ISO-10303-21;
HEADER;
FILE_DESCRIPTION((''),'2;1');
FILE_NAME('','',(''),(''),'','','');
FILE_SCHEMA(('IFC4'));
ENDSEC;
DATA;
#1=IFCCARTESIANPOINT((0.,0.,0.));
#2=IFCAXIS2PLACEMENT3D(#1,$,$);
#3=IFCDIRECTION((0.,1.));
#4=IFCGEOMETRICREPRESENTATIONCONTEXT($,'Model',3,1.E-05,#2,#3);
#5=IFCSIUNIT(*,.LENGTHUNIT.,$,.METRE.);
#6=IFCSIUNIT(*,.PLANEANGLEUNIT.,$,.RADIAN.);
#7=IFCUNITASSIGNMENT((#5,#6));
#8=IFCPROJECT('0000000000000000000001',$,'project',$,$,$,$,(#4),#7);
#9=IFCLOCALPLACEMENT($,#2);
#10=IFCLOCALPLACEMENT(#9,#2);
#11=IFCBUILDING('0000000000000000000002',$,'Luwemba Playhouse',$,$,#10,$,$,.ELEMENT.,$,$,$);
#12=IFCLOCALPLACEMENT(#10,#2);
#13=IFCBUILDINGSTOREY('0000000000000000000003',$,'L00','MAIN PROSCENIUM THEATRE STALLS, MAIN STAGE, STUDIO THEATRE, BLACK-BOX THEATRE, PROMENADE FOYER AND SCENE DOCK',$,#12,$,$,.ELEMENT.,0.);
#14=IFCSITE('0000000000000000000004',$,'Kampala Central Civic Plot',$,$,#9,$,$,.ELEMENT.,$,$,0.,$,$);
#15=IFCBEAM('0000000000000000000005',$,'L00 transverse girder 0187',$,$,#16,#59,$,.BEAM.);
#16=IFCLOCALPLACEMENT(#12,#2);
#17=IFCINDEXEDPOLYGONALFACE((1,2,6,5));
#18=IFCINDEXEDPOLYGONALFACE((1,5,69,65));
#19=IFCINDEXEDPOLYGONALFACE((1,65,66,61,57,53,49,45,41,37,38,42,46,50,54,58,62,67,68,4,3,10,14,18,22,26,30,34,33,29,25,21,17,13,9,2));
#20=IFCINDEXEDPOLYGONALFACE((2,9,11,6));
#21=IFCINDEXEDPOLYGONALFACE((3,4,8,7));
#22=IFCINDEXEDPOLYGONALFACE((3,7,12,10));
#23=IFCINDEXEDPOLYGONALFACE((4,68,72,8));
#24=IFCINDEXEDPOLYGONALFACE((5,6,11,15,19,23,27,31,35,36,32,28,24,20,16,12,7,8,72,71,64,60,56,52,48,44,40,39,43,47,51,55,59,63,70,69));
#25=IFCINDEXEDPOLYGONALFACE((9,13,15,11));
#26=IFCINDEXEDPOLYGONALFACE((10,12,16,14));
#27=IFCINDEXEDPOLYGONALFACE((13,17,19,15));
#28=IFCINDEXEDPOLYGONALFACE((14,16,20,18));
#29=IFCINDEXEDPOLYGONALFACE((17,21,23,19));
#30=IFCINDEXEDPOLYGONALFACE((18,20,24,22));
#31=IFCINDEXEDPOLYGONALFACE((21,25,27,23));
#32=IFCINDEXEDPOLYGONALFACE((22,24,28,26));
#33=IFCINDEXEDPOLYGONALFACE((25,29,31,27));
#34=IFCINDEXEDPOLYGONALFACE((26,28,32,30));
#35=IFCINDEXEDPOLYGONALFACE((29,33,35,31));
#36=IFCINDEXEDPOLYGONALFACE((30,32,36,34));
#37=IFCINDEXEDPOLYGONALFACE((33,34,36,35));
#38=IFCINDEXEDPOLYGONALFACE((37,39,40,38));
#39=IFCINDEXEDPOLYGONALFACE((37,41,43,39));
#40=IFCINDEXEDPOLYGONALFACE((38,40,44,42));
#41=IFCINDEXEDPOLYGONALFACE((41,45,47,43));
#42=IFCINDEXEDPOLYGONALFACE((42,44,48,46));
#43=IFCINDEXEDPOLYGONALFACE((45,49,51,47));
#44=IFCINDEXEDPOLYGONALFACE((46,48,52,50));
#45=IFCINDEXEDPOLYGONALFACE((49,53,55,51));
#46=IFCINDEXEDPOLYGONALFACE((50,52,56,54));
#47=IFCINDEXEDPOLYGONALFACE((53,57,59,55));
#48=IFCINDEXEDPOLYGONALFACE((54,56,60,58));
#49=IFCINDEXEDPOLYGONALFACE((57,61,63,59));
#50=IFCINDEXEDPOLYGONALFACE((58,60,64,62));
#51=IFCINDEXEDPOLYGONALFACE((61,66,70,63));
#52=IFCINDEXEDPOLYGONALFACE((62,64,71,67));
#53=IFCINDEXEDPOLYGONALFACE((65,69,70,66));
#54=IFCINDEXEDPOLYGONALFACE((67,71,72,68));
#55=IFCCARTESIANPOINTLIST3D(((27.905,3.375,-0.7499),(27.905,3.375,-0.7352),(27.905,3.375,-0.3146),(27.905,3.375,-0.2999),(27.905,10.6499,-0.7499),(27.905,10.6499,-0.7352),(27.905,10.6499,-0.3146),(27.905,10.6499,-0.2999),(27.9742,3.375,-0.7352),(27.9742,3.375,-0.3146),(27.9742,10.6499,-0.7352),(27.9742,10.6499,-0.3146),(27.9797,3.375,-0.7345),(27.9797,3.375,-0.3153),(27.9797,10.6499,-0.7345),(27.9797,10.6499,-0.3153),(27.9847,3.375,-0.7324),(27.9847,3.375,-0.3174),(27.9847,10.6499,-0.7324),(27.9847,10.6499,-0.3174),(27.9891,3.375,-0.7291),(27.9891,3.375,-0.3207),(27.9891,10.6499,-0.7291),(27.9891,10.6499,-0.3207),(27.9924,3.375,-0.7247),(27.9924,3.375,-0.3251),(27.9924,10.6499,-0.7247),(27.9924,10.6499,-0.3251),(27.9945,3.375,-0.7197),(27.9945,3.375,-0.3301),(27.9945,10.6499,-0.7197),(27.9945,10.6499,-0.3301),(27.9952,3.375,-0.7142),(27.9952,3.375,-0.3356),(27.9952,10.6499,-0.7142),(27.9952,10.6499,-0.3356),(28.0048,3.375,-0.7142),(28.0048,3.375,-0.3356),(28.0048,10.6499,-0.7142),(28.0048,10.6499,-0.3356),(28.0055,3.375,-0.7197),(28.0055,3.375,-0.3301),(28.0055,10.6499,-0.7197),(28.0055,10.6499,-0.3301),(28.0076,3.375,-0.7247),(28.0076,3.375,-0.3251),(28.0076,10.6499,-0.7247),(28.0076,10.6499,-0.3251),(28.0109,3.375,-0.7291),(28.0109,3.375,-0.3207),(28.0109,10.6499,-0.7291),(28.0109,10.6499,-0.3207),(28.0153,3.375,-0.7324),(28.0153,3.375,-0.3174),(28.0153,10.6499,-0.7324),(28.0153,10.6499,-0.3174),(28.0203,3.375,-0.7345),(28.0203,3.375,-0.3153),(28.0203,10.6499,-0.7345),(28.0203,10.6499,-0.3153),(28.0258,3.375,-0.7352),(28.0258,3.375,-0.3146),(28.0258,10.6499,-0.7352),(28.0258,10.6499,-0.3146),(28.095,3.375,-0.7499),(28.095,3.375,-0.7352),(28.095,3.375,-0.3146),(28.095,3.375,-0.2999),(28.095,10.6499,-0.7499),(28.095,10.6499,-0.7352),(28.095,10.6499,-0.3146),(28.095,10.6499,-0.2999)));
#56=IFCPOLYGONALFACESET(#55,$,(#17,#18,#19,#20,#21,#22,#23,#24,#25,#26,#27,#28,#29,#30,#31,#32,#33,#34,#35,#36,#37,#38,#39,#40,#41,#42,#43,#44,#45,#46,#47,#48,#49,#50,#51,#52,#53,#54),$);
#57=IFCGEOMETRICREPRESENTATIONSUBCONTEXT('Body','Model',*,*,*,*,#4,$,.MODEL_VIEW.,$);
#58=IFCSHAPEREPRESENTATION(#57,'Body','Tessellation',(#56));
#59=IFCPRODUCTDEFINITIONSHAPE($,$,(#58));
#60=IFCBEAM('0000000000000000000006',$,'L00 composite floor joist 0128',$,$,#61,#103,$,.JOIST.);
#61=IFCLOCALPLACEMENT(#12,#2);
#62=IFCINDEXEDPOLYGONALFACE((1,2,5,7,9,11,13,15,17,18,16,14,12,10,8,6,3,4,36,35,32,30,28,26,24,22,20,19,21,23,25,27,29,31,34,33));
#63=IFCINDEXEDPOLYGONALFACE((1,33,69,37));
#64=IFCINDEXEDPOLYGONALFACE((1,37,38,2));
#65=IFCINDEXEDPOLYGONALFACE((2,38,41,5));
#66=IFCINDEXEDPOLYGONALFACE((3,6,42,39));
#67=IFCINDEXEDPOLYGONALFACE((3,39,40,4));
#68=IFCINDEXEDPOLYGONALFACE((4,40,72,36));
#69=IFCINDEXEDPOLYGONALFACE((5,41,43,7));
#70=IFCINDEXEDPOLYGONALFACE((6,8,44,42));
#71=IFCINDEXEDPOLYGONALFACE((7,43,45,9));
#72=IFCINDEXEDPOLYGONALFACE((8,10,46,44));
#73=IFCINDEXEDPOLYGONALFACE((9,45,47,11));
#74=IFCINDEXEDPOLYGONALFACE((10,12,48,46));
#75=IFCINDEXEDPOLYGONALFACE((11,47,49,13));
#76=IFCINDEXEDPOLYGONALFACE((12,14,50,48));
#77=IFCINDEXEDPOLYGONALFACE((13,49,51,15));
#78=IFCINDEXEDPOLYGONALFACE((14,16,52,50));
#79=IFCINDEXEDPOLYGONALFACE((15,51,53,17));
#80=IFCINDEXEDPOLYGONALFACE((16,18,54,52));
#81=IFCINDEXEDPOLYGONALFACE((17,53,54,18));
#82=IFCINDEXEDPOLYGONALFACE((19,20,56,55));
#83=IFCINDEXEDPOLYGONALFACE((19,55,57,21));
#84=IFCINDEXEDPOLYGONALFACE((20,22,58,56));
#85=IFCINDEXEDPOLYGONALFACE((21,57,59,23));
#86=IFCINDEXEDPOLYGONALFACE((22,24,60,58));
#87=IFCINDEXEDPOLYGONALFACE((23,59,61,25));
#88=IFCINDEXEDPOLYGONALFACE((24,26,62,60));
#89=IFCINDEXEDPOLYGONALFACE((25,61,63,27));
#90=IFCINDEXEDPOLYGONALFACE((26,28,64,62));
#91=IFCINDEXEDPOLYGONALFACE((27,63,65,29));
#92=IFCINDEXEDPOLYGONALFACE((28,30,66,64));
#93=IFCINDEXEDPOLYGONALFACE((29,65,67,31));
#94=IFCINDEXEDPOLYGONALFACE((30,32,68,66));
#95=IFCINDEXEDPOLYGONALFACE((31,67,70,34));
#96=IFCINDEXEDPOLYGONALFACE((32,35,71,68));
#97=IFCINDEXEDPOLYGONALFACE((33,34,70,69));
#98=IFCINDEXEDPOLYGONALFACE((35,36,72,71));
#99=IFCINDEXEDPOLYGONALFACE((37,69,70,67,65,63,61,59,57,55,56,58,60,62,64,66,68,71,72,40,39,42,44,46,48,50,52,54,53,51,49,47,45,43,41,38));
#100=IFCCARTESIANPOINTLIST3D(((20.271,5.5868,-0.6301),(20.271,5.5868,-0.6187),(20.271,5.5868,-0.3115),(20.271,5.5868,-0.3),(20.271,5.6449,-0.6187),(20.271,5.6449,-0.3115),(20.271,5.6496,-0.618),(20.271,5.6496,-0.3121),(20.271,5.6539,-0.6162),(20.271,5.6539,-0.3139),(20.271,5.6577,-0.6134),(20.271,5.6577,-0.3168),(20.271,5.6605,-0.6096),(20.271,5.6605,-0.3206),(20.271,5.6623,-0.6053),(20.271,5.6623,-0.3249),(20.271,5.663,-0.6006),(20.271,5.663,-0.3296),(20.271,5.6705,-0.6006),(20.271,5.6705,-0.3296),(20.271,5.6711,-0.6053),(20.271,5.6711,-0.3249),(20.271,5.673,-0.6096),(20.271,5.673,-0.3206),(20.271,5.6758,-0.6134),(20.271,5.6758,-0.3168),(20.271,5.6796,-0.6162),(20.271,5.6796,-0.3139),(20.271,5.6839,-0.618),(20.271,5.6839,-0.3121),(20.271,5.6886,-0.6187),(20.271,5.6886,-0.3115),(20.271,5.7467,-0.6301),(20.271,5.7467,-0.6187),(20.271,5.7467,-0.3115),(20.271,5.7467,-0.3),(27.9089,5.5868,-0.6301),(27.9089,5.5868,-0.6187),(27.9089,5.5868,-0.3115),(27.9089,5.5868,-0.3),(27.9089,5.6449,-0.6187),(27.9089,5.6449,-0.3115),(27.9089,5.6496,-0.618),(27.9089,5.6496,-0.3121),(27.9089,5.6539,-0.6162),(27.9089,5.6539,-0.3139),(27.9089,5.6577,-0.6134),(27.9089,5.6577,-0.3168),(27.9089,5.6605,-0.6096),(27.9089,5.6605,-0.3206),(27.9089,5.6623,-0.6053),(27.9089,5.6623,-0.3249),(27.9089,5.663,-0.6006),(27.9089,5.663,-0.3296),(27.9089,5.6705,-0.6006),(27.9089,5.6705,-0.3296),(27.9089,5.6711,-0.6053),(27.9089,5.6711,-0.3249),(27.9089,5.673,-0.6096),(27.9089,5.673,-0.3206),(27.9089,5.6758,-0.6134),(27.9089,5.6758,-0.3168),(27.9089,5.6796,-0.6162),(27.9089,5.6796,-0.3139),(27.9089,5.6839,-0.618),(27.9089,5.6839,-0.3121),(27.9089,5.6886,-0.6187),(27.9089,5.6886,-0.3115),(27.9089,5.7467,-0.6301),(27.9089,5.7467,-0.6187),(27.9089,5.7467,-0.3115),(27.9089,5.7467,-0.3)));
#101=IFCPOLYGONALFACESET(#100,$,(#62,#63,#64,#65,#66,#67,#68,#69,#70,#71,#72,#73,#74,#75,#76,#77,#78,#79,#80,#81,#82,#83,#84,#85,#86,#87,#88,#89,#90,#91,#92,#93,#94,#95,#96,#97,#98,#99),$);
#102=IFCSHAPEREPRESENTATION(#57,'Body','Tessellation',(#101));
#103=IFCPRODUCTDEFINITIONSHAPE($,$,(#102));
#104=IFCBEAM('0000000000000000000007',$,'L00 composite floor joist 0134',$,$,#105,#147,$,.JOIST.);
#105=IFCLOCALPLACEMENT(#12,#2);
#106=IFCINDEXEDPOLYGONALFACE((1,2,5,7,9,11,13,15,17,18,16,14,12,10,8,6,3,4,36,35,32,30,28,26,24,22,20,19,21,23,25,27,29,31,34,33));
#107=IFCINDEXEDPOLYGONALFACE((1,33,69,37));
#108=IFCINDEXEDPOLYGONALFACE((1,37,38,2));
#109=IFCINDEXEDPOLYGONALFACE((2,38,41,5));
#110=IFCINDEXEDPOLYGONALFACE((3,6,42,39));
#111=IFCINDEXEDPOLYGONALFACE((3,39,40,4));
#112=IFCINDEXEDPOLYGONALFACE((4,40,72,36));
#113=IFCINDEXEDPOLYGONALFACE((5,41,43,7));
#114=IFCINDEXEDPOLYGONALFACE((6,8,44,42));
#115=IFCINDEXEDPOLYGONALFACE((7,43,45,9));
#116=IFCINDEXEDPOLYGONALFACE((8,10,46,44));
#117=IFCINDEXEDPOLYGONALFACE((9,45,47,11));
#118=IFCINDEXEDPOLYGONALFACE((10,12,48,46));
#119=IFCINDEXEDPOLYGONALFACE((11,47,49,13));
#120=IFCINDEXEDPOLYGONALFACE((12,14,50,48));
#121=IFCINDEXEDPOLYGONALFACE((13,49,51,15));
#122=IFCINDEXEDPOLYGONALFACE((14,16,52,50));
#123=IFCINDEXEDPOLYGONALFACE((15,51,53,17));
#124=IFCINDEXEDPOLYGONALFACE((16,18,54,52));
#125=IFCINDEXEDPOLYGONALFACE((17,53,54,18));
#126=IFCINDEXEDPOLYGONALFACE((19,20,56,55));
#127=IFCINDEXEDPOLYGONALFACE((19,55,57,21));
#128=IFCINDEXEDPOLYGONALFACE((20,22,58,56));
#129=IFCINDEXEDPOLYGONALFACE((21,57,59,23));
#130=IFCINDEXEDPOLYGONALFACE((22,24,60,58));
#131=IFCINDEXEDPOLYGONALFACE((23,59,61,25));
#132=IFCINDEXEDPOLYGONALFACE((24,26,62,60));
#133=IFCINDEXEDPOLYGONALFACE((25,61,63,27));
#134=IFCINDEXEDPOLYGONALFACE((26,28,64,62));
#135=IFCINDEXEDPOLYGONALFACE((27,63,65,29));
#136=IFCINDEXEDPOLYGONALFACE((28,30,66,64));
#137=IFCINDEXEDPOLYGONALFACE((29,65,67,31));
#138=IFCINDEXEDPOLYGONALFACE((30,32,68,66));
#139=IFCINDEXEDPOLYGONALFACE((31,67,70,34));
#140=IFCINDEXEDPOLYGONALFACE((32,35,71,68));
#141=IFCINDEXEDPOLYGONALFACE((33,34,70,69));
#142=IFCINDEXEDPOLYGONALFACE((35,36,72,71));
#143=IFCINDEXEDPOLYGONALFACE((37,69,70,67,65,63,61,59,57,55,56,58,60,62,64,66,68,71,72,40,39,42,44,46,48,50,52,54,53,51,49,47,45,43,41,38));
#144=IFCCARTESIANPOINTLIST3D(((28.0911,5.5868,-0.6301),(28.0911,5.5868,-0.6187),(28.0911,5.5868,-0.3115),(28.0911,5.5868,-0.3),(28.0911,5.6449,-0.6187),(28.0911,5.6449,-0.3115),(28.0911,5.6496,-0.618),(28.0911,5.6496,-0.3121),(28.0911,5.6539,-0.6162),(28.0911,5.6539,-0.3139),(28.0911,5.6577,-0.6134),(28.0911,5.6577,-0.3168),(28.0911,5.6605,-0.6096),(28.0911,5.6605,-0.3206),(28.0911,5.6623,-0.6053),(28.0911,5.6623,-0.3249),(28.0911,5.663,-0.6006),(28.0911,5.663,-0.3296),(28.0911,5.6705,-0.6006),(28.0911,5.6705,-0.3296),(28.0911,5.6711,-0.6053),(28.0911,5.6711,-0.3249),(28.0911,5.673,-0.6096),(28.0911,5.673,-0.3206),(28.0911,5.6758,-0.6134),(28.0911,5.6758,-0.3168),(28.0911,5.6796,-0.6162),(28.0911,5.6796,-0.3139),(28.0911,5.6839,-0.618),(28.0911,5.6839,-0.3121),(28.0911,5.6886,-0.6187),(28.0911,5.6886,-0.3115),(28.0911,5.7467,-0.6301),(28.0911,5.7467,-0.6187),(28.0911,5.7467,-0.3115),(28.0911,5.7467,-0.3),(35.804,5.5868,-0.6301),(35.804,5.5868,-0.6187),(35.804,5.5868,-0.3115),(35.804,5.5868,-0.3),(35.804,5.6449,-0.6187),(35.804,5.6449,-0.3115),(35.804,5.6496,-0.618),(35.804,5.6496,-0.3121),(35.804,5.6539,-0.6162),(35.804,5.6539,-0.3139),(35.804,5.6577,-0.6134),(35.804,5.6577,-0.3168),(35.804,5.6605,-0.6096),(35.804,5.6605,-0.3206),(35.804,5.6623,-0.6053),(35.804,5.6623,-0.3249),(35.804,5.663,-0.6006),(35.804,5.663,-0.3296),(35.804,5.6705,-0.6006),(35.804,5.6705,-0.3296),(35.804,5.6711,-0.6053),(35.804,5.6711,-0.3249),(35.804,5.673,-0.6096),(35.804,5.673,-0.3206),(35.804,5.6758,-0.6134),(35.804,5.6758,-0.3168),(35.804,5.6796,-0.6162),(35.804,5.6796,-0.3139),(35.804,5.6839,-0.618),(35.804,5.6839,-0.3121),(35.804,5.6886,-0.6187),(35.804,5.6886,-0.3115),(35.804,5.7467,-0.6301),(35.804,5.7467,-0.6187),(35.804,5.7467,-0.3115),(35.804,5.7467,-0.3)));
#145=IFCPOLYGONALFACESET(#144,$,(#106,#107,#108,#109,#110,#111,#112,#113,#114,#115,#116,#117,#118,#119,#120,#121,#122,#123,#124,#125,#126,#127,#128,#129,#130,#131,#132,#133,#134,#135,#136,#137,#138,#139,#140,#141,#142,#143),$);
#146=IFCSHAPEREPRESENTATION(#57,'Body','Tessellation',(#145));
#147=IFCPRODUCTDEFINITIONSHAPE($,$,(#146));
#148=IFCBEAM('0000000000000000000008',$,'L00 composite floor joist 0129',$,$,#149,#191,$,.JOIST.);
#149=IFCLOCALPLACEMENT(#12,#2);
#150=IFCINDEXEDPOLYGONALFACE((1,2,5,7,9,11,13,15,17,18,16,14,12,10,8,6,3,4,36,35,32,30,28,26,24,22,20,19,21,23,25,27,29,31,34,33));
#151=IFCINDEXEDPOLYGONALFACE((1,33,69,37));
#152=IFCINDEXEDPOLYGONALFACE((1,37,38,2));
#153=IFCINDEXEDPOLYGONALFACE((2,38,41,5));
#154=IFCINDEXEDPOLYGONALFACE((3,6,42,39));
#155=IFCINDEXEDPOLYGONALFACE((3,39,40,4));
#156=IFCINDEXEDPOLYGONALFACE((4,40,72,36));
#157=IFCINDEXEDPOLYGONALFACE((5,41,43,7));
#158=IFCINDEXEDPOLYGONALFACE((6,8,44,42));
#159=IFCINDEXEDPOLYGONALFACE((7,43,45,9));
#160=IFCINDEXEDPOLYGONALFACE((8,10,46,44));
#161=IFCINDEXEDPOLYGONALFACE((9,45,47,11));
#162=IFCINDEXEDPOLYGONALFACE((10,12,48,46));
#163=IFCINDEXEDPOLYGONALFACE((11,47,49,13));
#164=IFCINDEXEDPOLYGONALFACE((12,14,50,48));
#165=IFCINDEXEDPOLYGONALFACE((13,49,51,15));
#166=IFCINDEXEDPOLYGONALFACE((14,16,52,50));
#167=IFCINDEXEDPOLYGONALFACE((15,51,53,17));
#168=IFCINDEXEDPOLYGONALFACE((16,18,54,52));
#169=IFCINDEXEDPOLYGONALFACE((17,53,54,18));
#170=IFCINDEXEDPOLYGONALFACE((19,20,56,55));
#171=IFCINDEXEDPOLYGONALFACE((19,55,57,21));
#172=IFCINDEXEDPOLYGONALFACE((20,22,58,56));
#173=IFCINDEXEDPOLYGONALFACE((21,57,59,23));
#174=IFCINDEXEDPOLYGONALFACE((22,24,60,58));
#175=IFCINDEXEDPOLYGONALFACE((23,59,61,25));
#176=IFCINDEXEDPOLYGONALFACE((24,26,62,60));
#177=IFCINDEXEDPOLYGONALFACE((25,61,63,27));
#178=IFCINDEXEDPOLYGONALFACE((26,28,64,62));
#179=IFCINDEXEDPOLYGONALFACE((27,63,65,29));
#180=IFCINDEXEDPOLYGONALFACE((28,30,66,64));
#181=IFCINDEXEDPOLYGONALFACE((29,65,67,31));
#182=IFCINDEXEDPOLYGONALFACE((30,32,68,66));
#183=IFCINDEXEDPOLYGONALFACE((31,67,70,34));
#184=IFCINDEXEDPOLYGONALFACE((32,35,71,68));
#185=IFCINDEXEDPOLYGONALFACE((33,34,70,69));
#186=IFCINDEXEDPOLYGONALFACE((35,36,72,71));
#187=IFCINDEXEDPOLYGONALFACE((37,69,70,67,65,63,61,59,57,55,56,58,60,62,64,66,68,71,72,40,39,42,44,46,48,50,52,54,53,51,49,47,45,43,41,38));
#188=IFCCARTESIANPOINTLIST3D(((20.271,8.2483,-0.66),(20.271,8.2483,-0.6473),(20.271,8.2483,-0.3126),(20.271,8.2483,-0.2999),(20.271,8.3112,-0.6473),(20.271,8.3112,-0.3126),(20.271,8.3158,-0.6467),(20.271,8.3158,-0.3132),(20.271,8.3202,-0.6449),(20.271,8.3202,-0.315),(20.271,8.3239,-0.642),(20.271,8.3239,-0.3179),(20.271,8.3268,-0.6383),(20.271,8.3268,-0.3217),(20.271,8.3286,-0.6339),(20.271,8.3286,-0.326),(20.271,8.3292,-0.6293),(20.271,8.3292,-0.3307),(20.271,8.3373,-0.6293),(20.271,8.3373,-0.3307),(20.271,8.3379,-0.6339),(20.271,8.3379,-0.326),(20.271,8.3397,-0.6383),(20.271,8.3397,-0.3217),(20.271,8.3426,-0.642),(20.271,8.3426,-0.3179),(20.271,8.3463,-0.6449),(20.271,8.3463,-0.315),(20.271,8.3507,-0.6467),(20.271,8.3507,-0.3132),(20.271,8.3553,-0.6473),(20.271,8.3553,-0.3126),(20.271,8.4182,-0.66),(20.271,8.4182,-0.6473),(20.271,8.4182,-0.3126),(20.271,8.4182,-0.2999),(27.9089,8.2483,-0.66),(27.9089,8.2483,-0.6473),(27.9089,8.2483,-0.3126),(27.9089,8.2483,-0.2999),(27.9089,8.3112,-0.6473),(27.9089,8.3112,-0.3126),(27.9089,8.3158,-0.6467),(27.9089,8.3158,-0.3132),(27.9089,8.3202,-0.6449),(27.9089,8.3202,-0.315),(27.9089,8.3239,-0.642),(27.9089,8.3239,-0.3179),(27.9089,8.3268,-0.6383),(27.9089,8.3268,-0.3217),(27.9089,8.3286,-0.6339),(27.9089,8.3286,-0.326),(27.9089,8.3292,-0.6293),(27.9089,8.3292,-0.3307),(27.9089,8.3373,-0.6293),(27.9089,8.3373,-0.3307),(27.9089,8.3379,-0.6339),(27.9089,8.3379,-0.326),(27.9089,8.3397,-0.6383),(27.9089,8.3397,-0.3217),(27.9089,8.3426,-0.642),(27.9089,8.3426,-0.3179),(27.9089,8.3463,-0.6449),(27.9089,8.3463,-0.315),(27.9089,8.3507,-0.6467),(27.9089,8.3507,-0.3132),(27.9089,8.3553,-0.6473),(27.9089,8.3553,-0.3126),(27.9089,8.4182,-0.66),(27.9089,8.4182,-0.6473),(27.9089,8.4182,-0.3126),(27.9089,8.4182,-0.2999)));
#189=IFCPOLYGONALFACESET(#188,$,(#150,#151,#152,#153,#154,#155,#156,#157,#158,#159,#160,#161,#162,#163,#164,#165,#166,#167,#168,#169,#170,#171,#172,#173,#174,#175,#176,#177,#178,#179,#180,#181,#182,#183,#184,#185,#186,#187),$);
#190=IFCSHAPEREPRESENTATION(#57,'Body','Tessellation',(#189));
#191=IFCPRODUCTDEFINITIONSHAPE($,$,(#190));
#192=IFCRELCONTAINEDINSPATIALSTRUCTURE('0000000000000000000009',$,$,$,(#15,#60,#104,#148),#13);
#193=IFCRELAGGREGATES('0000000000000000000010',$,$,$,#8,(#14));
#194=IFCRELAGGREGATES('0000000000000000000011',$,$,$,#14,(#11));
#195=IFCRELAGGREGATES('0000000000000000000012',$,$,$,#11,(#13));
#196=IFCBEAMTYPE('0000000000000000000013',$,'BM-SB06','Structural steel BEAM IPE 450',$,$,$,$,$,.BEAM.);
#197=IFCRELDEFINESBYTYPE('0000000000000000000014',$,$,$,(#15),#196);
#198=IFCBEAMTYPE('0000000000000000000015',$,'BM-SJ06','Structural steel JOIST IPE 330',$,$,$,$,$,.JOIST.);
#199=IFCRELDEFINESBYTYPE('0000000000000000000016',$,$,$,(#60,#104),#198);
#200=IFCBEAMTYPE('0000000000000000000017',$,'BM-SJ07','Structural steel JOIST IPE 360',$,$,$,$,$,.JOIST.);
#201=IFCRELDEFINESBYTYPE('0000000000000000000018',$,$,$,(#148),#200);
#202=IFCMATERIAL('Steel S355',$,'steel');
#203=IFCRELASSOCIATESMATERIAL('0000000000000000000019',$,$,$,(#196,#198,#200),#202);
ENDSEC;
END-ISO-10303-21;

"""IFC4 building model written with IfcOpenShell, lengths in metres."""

from ifc_helpers import new_model, si_unit, direction, frame, origin, origin_2d, place, context, subcontext, project, spatial, i_section, extrude, material, material_profile, profile_set, type_object, element, save


model = new_model("IFC4")

# Units and contexts
model_context = context("Model", 3, precision=1e-05, world=origin(), true_north=direction((0.0, 1.0)))
body_context = subcontext(model_context, "Body", "Model", "MODEL_VIEW")
ifc_project = project(units=[si_unit("LENGTHUNIT", "METRE"), si_unit("PLANEANGLEUNIT", "RADIAN")], contexts=[model_context])

# Site, building, storey
site_placement = place(None, origin())
site = spatial("IfcSite", under=ifc_project, at=site_placement, Name="Kampala Central Civic Plot", CompositionType="ELEMENT", RefElevation=0.0)
building_placement = place(site_placement, origin())
building = spatial("IfcBuilding", under=site, at=building_placement, Name="Luwemba Playhouse", CompositionType="ELEMENT")
storey_placement = place(building_placement, origin())
storey = spatial("IfcBuildingStorey", under=building, at=storey_placement, Name="L00", Description="MAIN PROSCENIUM THEATRE STALLS, MAIN STAGE, STUDIO THEATRE, BLACK-BOX THEATRE, PROMENADE FOYER AND SCENE DOCK", CompositionType="ELEMENT", Elevation=0.0)

# Beams
ifc_material_1 = material(Name="Steel S355", Category="steel")
ifc_material_profile_1 = material_profile(ifc_material_1, i_section(OverallWidth=0.1899, OverallDepth=0.45, WebThickness=0.0095, FlangeThickness=0.0146, FilletRadius=0.021, at=origin_2d()))
ifc_profile_set_1 = profile_set([ifc_material_profile_1], Name="Steel S355")
beam_type_1 = type_object("IfcBeamType", Name="BM-SB06", Description="Structural steel BEAM IPE 450", PredefinedType="BEAM", material=ifc_profile_set_1)
beam_1_placement = place(storey_placement, frame((28.0, 3.375, -0.5249), z_axis=(0.0, 1.0, 0.0), x_axis=(-1.0, 0.0, 0.0)))
element("IfcBeam", 1, at=beam_1_placement, inside=storey, type_object=beam_type_1, Name="L00 transverse girder 0187", PredefinedType="BEAM", context=body_context, shape_type="SweptSolid", body=[
    extrude(i_section(OverallWidth=0.1899, OverallDepth=0.45, WebThickness=0.0095, FlangeThickness=0.0146, FilletRadius=0.021, at=origin_2d()), origin(), (0.0, 0.0, 1.0), 7.2749),
])
ifc_material_profile_2 = material_profile(ifc_material_1, i_section(OverallWidth=0.1599, OverallDepth=0.3301, WebThickness=0.0076, FlangeThickness=0.0115, FilletRadius=0.0181, at=origin_2d()))
ifc_profile_set_2 = profile_set([ifc_material_profile_2], Name="Steel S355")
beam_type_2 = type_object("IfcBeamType", Name="BM-SJ06", Description="Structural steel JOIST IPE 330", PredefinedType="JOIST", material=ifc_profile_set_2)
beam_2_placement = place(storey_placement, frame((20.271, 5.6667, -0.4651), z_axis=(1.0, 0.0, 0.0), x_axis=(0.0, 1.0, 0.0)))
element("IfcBeam", 2, at=beam_2_placement, inside=storey, type_object=beam_type_2, Name="L00 composite floor joist 0128", PredefinedType="JOIST", context=body_context, shape_type="SweptSolid", body=[
    extrude(i_section(OverallWidth=0.1599, OverallDepth=0.3301, WebThickness=0.0076, FlangeThickness=0.0115, FilletRadius=0.0181, at=origin_2d()), origin(), (0.0, 0.0, 1.0), 7.6379),
])
beam_3_placement = place(storey_placement, frame((28.0911, 5.6667, -0.4651), z_axis=(1.0, 0.0, 0.0), x_axis=(0.0, 1.0, 0.0)))
element("IfcBeam", 3, at=beam_3_placement, inside=storey, type_object=beam_type_2, Name="L00 composite floor joist 0134", PredefinedType="JOIST", context=body_context, shape_type="SweptSolid", body=[
    extrude(i_section(OverallWidth=0.1599, OverallDepth=0.3301, WebThickness=0.0076, FlangeThickness=0.0115, FilletRadius=0.0181, at=origin_2d()), origin(), (0.0, 0.0, 1.0), 7.7129),
])
ifc_material_profile_3 = material_profile(ifc_material_1, i_section(OverallWidth=0.1699, OverallDepth=0.3601, WebThickness=0.0081, FlangeThickness=0.0127, FilletRadius=0.0181, at=origin_2d()))
ifc_profile_set_3 = profile_set([ifc_material_profile_3], Name="Steel S355")
beam_type_3 = type_object("IfcBeamType", Name="BM-SJ07", Description="Structural steel JOIST IPE 360", PredefinedType="JOIST", material=ifc_profile_set_3)
beam_4_placement = place(storey_placement, frame((20.271, 8.3333, -0.48), z_axis=(1.0, 0.0, 0.0), x_axis=(0.0, 1.0, 0.0)))
element("IfcBeam", 4, at=beam_4_placement, inside=storey, type_object=beam_type_3, Name="L00 composite floor joist 0129", PredefinedType="JOIST", context=body_context, shape_type="SweptSolid", body=[
    extrude(i_section(OverallWidth=0.1699, OverallDepth=0.3601, WebThickness=0.0081, FlangeThickness=0.0127, FilletRadius=0.0181, at=origin_2d()), origin(), (0.0, 0.0, 1.0), 7.6379),
])

save(model, "model.ifc")
